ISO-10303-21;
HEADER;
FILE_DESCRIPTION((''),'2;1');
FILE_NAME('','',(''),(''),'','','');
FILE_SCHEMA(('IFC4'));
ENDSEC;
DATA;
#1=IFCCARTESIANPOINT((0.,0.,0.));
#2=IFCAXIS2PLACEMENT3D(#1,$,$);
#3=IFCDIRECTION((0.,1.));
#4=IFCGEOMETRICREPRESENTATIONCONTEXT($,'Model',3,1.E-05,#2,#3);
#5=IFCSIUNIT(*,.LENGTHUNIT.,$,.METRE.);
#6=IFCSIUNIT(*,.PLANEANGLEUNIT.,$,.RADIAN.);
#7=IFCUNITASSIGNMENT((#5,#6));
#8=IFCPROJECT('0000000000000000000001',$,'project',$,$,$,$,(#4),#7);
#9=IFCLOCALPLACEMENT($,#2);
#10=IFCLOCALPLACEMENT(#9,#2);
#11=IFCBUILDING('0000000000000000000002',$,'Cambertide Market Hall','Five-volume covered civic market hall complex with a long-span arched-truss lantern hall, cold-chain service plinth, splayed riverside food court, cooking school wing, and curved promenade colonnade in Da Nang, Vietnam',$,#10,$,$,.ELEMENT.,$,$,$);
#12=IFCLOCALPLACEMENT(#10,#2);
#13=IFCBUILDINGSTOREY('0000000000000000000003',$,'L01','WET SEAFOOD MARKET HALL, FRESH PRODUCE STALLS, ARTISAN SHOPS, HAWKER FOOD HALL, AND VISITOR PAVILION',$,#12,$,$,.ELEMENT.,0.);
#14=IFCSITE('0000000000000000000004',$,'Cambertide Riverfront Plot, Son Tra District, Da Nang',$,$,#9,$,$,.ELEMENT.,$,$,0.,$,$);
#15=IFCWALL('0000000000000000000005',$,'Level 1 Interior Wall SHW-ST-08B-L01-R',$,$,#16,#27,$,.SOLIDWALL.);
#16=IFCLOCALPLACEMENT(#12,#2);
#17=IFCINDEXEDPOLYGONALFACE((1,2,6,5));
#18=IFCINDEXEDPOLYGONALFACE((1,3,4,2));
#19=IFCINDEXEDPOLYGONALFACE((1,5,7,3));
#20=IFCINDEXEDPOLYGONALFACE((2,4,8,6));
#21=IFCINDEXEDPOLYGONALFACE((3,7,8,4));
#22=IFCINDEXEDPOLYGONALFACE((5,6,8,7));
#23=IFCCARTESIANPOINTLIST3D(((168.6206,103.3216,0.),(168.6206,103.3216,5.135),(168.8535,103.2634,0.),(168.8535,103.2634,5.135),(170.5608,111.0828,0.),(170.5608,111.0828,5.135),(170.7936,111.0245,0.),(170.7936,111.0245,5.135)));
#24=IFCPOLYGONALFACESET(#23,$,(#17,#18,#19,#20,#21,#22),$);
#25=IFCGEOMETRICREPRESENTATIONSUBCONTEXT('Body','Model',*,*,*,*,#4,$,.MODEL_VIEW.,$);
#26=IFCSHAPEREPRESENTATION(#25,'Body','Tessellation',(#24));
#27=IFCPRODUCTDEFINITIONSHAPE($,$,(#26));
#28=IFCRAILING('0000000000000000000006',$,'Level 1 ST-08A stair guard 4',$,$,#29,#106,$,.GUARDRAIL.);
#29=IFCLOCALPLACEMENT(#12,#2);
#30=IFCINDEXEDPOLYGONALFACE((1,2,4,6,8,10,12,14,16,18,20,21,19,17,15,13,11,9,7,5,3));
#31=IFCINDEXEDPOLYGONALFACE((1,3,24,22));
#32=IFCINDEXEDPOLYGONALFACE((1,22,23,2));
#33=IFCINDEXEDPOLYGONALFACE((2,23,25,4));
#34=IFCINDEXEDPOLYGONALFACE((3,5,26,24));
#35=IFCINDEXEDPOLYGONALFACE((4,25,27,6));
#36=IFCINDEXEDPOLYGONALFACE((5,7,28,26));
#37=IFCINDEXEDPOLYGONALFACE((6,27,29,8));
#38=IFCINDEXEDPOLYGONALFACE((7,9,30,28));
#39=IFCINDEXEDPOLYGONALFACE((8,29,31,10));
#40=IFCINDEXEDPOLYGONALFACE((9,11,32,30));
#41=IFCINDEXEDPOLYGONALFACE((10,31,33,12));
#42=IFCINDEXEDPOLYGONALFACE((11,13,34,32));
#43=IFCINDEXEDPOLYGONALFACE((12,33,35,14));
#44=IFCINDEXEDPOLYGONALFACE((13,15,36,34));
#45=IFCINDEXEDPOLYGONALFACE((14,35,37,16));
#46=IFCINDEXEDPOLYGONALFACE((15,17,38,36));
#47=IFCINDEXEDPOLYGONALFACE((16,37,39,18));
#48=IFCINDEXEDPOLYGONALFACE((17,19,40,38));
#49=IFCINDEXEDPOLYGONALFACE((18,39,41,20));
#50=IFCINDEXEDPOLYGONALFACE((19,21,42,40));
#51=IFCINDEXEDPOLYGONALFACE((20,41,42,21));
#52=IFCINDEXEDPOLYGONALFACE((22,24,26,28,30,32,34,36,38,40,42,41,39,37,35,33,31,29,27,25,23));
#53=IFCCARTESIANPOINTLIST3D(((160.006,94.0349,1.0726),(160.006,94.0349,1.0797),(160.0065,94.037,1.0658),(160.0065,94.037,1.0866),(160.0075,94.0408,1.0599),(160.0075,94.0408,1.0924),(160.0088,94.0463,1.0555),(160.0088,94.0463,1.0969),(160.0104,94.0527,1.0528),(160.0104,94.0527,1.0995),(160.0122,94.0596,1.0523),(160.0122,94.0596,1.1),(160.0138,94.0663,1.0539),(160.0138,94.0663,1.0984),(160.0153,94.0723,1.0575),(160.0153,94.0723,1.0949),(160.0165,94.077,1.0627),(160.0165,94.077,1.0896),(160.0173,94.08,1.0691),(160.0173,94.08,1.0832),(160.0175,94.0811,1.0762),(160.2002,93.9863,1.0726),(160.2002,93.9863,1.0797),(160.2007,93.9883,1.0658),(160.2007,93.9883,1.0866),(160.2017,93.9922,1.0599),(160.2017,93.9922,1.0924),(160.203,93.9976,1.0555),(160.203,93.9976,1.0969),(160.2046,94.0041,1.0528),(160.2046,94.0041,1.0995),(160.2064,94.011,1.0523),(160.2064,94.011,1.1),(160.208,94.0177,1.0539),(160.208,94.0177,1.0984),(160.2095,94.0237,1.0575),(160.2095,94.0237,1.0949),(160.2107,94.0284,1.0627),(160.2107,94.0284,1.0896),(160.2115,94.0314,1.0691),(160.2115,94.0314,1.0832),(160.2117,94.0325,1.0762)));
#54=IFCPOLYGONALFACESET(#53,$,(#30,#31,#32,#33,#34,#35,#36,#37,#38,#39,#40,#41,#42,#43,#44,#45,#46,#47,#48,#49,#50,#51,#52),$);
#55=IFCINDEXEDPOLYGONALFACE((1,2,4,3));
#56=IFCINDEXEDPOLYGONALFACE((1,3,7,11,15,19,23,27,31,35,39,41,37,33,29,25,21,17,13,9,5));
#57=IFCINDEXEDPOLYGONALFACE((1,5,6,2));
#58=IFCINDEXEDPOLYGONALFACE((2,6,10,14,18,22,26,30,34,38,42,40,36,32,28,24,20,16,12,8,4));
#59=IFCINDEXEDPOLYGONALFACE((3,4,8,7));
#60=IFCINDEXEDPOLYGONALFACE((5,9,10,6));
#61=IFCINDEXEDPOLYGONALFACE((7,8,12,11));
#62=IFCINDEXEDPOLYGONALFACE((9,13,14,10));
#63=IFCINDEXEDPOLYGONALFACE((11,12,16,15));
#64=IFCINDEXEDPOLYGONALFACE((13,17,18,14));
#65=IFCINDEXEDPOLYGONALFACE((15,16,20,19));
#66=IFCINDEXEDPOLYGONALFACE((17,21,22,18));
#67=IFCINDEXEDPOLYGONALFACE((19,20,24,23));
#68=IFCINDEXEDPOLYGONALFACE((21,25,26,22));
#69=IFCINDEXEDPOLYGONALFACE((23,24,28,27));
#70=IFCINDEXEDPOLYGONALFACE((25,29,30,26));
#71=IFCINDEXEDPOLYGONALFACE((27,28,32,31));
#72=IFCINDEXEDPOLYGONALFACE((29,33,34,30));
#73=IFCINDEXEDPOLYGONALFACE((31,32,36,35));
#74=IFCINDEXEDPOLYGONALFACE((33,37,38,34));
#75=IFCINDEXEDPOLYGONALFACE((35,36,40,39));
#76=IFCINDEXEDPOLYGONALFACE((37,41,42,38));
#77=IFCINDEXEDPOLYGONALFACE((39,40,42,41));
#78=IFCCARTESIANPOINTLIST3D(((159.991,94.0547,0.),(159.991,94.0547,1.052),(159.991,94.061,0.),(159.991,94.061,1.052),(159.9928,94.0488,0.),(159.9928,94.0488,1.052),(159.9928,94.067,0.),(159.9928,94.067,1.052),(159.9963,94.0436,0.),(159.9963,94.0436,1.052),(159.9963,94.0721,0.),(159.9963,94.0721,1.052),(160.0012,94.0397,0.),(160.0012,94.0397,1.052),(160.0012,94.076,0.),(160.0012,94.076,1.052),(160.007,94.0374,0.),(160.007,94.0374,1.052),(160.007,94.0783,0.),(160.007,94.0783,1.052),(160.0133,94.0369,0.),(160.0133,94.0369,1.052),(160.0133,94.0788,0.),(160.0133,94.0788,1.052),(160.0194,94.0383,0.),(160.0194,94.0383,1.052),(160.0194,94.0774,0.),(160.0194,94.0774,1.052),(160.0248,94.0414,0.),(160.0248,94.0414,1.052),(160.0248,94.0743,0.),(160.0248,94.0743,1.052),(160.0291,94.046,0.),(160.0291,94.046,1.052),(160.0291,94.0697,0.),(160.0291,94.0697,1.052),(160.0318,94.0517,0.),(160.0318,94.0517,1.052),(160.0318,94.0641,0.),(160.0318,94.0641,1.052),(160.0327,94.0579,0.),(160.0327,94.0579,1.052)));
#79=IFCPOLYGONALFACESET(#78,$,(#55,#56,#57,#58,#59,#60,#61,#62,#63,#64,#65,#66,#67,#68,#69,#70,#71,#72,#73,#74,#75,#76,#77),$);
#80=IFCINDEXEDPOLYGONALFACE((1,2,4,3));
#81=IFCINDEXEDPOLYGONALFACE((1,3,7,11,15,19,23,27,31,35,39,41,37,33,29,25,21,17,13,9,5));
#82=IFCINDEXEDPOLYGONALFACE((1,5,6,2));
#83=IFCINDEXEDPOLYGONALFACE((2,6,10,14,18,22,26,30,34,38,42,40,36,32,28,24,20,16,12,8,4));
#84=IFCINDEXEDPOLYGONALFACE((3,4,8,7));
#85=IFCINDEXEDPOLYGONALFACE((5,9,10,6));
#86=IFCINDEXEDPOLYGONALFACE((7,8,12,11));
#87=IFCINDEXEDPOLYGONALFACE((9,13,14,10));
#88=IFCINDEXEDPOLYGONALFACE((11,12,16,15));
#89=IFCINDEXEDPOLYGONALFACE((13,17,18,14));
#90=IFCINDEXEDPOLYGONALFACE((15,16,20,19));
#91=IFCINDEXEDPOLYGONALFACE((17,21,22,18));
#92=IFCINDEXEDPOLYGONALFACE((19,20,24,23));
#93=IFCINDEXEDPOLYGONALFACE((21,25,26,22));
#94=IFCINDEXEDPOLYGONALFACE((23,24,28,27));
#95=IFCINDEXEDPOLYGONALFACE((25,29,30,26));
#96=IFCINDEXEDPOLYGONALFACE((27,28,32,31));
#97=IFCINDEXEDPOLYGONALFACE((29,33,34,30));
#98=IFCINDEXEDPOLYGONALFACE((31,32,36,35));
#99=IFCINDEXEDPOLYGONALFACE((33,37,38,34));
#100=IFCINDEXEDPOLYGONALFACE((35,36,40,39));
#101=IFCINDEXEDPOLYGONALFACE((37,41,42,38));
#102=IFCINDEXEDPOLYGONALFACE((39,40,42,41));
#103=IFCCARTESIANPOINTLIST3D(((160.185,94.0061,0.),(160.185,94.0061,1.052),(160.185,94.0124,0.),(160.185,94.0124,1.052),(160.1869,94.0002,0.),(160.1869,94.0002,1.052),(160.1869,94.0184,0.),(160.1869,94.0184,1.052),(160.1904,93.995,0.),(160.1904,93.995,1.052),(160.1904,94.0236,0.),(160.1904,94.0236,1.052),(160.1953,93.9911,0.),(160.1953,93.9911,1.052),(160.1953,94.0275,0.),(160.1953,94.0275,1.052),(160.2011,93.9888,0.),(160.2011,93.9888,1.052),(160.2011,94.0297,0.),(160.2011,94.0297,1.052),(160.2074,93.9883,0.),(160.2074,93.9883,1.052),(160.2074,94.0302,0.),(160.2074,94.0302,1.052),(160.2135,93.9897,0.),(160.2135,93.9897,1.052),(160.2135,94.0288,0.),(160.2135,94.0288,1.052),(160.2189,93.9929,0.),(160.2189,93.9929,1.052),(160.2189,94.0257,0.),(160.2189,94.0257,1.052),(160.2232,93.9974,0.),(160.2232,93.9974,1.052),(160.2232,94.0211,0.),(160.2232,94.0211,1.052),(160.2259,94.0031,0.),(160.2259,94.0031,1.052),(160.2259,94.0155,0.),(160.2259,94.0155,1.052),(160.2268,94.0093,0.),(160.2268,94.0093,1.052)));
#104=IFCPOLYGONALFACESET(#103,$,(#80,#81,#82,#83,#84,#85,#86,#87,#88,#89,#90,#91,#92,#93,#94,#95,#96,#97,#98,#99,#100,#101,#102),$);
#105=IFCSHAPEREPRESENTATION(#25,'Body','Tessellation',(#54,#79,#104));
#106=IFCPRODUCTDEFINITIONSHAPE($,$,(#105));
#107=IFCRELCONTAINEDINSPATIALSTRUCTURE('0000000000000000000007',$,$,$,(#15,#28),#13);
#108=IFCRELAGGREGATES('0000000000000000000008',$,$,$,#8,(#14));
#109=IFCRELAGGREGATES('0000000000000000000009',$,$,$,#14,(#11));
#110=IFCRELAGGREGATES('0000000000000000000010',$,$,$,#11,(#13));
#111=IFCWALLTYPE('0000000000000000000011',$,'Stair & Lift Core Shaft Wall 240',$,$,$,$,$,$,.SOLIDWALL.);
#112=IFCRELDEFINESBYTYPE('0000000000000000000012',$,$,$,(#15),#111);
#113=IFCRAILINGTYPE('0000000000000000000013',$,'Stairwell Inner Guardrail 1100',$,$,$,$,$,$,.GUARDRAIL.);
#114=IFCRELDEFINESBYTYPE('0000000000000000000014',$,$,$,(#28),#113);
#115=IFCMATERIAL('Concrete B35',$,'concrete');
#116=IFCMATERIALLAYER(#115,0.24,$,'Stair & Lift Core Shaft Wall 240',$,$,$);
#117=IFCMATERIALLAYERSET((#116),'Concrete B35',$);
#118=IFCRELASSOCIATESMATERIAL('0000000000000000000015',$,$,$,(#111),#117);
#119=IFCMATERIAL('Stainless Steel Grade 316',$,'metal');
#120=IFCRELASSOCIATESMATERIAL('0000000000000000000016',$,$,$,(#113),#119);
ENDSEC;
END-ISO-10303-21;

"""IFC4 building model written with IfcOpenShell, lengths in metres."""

from ifc_helpers import new_model, si_unit, direction, frame, frame_2d, origin, origin_2d, place, context, subcontext, project, spatial, rectangle, circle, extrude, material, layer, layer_set, type_object, element, save


model = new_model("IFC4")

# Units and contexts
model_context = context("Model", 3, precision=1e-05, world=origin(), true_north=direction((0.0, 1.0)))
body_context = subcontext(model_context, "Body", "Model", "MODEL_VIEW")
ifc_project = project(units=[si_unit("LENGTHUNIT", "METRE"), si_unit("PLANEANGLEUNIT", "RADIAN")], contexts=[model_context])

# Site, building, storey
site_placement = place(None, origin())
site = spatial("IfcSite", under=ifc_project, at=site_placement, Name="Cambertide Riverfront Plot, Son Tra District, Da Nang", CompositionType="ELEMENT", RefElevation=0.0)
building_placement = place(site_placement, origin())
building = spatial("IfcBuilding", under=site, at=building_placement, Name="Cambertide Market Hall", Description="Five-volume covered civic market hall complex with a long-span arched-truss lantern hall, cold-chain service plinth, splayed riverside food court, cooking school wing, and curved promenade colonnade in Da Nang, Vietnam", CompositionType="ELEMENT")
storey_placement = place(building_placement, origin())
storey = spatial("IfcBuildingStorey", under=building, at=storey_placement, Name="L01", Description="WET SEAFOOD MARKET HALL, FRESH PRODUCE STALLS, ARTISAN SHOPS, HAWKER FOOD HALL, AND VISITOR PAVILION", CompositionType="ELEMENT", Elevation=0.0)

# Shared definitions
ifc_material_1 = material(Name="Concrete B35", Category="concrete")
ifc_layer_1 = layer(ifc_material_1, 0.24, Name="Stair & Lift Core Shaft Wall 240")
ifc_layer_set_1 = layer_set([ifc_layer_1], Name="Concrete B35")
wall_type_1 = type_object("IfcWallType", Name="Stair & Lift Core Shaft Wall 240", PredefinedType="SOLIDWALL", material=ifc_layer_set_1)

# Wall
for number, where, z_axis, x_axis, name in (
    (1, (168.7371, 103.2925, 0.0), (0.0, 0.0, 1.0), (0.242521, 0.970146, 0.0), "Level 1 Interior Wall SHW-ST-08B-L01-R"),
):
    element("IfcWall", number, at=place(storey_placement, frame(where, z_axis=z_axis, x_axis=x_axis)), inside=storey, type_object=wall_type_1, Name=name, PredefinedType="SOLIDWALL", context=body_context, shape_type="SweptSolid", body=[
        extrude(rectangle(XDim=8.0, YDim=0.24, at=frame_2d((4.0, 0.0))), origin(), (0.0, 0.0, 1.0), 5.135),
    ])

# Railing
ifc_material_2 = material(Name="Stainless Steel Grade 316", Category="metal")
railing_type_1 = type_object("IfcRailingType", Name="Stairwell Inner Guardrail 1100", PredefinedType="GUARDRAIL", material=ifc_material_2)
railing_1_placement = place(storey_placement, frame((160.0117, 94.0579, 0.0)))
element("IfcRailing", 2, at=railing_1_placement, inside=storey, type_object=railing_type_1, Name="Level 1 ST-08A stair guard 4", PredefinedType="GUARDRAIL", context=body_context, shape_type="SweptSolid", body=[
    extrude(circle(Radius=0.0239, at=origin_2d()), frame((0.0, 0.0, 1.0762), z_axis=(0.970071, -0.242823, 0.0), x_axis=(0.242823, 0.970071, 0.0)), (0.0, 0.0, 1.0), 0.2002),
    extrude(circle(Radius=0.021, at=origin_2d()), origin(), (0.0, 0.0, 1.0), 1.052),
    extrude(circle(Radius=0.021, at=origin_2d()), frame((0.1941, -0.0486, 0.0)), (0.0, 0.0, 1.0), 1.052),
])

save(model, "model.ifc")
